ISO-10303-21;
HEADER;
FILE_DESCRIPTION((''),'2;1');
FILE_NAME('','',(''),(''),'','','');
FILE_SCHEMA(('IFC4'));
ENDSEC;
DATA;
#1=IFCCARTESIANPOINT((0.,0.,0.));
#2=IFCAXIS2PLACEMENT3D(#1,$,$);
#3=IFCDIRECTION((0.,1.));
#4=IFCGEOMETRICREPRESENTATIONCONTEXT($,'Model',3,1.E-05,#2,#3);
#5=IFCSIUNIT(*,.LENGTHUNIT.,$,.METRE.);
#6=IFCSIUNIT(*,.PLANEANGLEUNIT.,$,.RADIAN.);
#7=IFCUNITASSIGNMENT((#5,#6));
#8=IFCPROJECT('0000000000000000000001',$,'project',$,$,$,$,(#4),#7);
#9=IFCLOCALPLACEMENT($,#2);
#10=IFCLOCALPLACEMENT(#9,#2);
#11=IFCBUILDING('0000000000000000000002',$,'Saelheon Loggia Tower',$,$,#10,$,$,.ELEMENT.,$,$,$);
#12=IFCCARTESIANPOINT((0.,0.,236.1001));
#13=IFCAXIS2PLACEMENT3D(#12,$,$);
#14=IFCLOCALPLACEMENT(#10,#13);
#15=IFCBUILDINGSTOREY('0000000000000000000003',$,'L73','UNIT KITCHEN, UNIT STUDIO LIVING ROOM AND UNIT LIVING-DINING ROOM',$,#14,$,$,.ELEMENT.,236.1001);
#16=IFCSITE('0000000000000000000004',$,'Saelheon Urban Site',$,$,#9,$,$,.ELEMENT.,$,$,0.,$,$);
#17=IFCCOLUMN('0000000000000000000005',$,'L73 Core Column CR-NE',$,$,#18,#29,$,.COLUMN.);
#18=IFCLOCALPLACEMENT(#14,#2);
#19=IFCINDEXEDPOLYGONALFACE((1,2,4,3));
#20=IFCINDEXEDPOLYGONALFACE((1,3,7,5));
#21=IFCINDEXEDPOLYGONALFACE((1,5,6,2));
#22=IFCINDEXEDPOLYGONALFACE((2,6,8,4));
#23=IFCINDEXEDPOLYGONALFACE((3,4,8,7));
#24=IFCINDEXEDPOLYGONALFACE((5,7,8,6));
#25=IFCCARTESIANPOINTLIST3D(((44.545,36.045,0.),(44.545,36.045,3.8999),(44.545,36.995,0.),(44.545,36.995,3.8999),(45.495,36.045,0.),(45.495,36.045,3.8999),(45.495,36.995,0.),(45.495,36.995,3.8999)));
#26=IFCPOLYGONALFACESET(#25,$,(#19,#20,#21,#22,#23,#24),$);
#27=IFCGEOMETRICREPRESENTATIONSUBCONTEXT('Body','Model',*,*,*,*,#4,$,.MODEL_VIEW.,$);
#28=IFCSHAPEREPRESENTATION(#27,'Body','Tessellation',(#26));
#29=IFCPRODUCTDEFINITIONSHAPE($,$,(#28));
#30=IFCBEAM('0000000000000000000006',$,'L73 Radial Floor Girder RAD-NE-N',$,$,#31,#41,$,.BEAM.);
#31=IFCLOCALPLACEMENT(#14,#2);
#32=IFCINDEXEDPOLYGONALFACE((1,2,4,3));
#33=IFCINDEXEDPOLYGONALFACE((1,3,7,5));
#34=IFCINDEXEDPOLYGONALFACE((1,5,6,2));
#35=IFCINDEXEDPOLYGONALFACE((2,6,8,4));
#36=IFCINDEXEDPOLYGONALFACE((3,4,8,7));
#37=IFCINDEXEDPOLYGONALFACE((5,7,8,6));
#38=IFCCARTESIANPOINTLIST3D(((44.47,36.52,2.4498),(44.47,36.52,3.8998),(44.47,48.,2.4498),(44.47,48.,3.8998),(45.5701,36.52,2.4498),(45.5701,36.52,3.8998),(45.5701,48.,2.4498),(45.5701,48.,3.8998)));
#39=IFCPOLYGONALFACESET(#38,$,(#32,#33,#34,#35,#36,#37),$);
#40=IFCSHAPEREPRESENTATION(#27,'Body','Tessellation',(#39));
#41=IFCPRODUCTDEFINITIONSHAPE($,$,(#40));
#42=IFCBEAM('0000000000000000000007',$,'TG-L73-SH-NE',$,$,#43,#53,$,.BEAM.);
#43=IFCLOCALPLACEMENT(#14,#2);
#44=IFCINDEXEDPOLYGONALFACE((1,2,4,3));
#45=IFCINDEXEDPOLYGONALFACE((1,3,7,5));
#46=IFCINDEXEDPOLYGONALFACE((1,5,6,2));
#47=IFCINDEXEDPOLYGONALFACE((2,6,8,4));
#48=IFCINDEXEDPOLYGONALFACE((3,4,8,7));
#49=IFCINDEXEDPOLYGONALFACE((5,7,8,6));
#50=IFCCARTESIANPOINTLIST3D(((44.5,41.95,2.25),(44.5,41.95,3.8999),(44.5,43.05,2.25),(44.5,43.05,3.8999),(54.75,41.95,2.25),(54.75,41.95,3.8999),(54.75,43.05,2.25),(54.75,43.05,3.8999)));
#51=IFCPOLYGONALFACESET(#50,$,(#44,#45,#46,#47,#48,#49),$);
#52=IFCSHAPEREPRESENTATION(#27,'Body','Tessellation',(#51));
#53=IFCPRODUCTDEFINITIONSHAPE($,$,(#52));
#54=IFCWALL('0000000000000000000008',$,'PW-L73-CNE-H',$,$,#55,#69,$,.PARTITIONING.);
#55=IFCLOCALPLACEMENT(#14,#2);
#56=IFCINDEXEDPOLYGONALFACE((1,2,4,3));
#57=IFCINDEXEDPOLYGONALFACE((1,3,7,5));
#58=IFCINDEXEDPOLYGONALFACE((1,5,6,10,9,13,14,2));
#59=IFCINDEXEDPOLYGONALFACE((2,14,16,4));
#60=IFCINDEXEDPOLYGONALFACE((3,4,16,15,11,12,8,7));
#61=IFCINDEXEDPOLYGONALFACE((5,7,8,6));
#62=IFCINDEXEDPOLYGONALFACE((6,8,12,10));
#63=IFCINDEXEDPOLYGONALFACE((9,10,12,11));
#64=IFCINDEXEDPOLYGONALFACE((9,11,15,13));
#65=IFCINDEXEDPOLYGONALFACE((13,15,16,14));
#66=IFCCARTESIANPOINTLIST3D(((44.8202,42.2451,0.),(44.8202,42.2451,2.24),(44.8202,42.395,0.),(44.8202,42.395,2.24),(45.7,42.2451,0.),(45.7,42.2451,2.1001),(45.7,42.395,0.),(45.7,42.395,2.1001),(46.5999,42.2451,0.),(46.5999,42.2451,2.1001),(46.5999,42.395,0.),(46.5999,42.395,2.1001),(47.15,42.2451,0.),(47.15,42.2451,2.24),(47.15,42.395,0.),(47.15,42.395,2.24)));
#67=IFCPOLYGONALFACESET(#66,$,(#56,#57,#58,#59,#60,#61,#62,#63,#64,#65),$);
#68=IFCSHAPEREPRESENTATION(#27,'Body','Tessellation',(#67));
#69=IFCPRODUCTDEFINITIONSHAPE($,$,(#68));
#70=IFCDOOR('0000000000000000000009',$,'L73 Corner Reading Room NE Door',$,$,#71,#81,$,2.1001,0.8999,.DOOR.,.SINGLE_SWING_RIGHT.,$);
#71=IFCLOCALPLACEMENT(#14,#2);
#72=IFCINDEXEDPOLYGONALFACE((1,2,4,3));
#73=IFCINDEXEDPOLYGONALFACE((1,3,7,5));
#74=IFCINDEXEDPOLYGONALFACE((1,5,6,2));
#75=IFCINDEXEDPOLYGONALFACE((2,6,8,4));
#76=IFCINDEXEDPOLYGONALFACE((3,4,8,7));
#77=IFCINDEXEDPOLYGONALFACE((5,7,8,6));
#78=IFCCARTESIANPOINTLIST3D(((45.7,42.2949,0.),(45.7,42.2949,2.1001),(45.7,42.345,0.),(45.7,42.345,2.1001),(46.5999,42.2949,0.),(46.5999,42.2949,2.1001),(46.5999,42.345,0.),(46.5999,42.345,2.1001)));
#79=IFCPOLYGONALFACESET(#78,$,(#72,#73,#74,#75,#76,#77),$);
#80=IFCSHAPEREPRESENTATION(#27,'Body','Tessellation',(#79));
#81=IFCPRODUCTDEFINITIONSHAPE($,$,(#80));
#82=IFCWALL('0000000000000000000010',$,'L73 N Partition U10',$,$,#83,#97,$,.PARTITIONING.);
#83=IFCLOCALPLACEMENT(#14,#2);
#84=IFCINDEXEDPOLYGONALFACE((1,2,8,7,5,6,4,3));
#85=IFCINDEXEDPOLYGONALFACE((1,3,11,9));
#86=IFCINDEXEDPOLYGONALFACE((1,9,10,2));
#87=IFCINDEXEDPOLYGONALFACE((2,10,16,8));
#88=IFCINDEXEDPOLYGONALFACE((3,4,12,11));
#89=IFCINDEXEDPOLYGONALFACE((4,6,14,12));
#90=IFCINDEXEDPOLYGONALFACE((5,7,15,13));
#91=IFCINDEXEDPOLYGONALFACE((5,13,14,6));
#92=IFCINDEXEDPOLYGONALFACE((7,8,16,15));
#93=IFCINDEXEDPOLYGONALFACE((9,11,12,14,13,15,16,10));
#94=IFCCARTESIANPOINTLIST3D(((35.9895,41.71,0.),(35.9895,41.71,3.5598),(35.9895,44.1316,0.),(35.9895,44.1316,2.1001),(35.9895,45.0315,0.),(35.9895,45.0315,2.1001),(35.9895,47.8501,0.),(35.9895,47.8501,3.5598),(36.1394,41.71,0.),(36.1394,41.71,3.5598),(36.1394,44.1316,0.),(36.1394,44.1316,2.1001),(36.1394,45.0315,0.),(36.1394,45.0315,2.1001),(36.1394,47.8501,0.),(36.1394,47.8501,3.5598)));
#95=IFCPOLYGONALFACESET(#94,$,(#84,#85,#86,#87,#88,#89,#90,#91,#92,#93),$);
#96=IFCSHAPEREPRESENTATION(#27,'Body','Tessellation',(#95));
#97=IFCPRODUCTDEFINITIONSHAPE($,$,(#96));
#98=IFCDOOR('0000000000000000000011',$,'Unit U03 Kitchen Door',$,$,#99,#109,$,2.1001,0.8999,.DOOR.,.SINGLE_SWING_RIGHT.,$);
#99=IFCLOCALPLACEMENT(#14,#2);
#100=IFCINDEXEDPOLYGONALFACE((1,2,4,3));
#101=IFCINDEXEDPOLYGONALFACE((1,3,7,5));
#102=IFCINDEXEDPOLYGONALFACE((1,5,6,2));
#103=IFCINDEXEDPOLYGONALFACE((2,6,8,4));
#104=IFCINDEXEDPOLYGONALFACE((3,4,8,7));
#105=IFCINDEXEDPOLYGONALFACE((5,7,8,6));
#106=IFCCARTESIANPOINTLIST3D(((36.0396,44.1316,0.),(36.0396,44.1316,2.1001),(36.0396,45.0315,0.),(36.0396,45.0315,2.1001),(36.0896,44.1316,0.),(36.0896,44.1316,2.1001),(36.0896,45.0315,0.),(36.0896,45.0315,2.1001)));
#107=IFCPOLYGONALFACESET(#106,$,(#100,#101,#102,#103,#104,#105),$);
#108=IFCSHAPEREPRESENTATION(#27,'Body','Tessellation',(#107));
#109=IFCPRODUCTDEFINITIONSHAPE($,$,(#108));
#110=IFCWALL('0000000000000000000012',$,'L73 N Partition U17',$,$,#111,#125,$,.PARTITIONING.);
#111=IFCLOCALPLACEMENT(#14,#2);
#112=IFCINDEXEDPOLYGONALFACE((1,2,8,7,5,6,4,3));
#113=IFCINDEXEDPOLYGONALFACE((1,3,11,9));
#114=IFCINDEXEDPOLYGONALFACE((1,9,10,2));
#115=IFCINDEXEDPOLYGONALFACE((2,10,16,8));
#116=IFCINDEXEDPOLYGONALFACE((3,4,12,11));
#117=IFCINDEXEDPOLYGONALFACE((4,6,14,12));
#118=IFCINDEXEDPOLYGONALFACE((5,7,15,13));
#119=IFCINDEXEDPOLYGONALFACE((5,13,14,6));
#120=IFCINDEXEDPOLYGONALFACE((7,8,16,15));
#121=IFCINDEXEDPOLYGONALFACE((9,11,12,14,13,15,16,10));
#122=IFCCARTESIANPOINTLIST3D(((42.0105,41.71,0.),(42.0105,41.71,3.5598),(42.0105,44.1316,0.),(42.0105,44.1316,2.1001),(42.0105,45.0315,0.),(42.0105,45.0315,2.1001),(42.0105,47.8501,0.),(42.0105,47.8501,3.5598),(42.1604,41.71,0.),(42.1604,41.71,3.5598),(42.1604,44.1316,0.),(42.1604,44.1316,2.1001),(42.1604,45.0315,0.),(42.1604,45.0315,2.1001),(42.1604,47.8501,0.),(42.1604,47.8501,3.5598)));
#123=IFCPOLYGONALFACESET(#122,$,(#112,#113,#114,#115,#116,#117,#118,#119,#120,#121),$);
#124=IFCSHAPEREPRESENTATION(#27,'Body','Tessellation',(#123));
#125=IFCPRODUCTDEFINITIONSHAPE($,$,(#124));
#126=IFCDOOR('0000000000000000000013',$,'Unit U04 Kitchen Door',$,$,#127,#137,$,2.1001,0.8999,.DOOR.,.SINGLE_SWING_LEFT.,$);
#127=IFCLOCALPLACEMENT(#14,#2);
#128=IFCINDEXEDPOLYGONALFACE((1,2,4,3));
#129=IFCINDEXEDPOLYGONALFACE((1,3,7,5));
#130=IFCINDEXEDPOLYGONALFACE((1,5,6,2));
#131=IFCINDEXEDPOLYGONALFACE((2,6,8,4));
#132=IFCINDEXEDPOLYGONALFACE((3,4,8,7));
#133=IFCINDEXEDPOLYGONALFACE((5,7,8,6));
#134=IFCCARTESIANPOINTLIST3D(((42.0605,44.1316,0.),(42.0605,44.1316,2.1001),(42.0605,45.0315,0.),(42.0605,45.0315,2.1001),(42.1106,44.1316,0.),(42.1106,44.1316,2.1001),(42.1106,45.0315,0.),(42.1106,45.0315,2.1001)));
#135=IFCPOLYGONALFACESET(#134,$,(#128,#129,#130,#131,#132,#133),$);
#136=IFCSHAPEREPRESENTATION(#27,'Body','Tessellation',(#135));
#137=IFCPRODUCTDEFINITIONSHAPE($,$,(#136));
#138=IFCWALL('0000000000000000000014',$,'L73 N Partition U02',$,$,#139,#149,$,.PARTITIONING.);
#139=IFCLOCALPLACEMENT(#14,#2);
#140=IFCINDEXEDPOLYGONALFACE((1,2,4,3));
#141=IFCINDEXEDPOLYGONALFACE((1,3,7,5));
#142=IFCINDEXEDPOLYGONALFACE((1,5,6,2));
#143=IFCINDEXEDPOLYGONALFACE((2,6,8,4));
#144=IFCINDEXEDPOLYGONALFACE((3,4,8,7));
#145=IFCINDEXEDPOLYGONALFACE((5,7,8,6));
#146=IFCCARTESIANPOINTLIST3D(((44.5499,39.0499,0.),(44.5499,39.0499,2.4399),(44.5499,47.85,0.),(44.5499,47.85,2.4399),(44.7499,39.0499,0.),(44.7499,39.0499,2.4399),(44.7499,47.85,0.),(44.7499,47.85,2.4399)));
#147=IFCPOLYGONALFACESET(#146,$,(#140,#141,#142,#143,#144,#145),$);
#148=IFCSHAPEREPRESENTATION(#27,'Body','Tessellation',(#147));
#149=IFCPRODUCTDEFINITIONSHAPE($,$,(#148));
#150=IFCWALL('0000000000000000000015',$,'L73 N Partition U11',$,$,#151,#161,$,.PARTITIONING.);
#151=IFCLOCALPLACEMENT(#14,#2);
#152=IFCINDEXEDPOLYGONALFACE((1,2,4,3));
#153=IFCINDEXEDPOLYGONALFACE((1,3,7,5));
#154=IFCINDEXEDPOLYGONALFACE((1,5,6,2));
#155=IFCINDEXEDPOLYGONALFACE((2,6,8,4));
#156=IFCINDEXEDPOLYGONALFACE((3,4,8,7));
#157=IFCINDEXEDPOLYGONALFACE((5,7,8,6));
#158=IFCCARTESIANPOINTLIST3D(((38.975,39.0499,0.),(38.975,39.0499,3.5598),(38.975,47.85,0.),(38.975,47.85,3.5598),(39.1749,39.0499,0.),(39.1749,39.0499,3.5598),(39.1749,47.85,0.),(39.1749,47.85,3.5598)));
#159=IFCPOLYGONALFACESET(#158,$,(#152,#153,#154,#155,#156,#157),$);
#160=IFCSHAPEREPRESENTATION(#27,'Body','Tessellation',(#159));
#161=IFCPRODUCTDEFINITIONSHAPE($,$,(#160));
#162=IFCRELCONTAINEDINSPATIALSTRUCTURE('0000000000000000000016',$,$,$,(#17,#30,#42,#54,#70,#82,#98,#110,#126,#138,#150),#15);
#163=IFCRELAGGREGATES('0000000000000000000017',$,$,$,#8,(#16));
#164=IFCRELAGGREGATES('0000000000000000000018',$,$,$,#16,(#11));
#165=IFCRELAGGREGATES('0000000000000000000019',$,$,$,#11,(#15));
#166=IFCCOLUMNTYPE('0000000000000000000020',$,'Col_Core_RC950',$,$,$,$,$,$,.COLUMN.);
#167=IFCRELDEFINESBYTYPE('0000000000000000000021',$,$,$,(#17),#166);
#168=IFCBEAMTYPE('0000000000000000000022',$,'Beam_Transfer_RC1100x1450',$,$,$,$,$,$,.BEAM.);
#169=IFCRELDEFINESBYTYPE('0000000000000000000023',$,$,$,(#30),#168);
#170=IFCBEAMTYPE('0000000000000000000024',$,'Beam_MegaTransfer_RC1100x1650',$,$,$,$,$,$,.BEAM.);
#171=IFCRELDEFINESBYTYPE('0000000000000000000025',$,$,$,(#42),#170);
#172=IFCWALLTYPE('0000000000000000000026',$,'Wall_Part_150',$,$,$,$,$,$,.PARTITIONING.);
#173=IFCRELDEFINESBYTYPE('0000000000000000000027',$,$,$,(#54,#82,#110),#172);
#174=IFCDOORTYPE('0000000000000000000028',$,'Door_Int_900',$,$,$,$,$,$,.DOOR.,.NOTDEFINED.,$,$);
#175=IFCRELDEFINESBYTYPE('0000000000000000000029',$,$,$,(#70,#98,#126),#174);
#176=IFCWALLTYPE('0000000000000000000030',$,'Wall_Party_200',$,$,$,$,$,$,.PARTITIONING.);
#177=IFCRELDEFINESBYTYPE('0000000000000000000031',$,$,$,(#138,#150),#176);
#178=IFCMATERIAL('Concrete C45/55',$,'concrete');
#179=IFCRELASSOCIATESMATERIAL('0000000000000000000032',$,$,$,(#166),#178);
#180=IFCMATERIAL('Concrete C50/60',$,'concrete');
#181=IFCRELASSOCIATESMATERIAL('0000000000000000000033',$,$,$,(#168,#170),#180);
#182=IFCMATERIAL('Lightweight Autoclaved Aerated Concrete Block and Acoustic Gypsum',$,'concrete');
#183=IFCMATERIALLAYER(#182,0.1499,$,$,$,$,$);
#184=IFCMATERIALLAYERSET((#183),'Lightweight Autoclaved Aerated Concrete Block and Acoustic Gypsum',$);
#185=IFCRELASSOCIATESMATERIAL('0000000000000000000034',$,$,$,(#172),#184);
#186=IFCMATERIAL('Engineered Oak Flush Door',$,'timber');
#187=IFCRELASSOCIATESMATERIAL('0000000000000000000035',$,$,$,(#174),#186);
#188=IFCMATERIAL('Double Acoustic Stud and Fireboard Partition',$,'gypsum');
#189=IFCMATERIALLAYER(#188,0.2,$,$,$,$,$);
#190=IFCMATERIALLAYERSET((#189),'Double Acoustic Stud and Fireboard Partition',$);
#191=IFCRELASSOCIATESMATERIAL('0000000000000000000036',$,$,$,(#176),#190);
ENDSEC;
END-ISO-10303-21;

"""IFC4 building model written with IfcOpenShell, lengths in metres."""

from ifc_helpers import new_model, si_unit, direction, frame, frame_2d, origin, origin_2d, place, context, subcontext, project, spatial, rectangle, extrude, source, transform, mapped, material, layer, layer_set, material_profile, profile_set, type_object, element, fill, save


model = new_model("IFC4")

# Units and contexts
model_context = context("Model", 3, precision=1e-05, world=origin(), true_north=direction((0.0, 1.0)))
body_context = subcontext(model_context, "Body", "Model", "MODEL_VIEW")
ifc_project = project(units=[si_unit("LENGTHUNIT", "METRE"), si_unit("PLANEANGLEUNIT", "RADIAN")], contexts=[model_context])

# Site, building, storey
site_placement = place(None, origin())
site = spatial("IfcSite", under=ifc_project, at=site_placement, Name="Saelheon Urban Site", CompositionType="ELEMENT", RefElevation=0.0)
building_placement = place(site_placement, origin())
building = spatial("IfcBuilding", under=site, at=building_placement, Name="Saelheon Loggia Tower", CompositionType="ELEMENT")
storey_placement = place(building_placement, frame((0.0, 0.0, 236.1001)))
storey = spatial("IfcBuildingStorey", under=building, at=storey_placement, Name="L73", Description="UNIT KITCHEN, UNIT STUDIO LIVING ROOM AND UNIT LIVING-DINING ROOM", CompositionType="ELEMENT", Elevation=236.1001)

# Column
ifc_material_1 = material(Name="Concrete C45/55", Category="concrete")
ifc_material_profile_1 = material_profile(ifc_material_1, rectangle(XDim=0.95, YDim=0.95, at=origin_2d()), Name="RC-950x950")
ifc_profile_set_1 = profile_set([ifc_material_profile_1], Name="Concrete C45/55")
column_type = type_object("IfcColumnType", Name="Col_Core_RC950", PredefinedType="COLUMN", material=ifc_profile_set_1)
shared_shape_1 = source(origin(), body_context, "Body", "SweptSolid", [
    extrude(rectangle(XDim=0.95, YDim=0.95, at=origin_2d()), origin(), (0.0, 0.0, 1.0), 3.8999),
])
column_placement = place(storey_placement, frame((45.02, 36.52, 0.0), z_axis=(0.0, 0.0, 1.0), x_axis=(1.0, 0.0, 0.0)))
element("IfcColumn", 1, at=column_placement, inside=storey, type_object=column_type, Name="L73 Core Column CR-NE", PredefinedType="COLUMN", context=body_context, shape_type="MappedRepresentation", body=[
    mapped(shared_shape_1, transform((0.0, 0.0, 0.0), scale=1.0)),
])

# Beams
ifc_material_2 = material(Name="Concrete C50/60", Category="concrete")
ifc_material_profile_2 = material_profile(ifc_material_2, rectangle(XDim=1.1001, YDim=1.45, at=origin_2d()), Name="RC-1100x1450")
ifc_profile_set_2 = profile_set([ifc_material_profile_2], Name="Concrete C50/60")
beam_type_1 = type_object("IfcBeamType", Name="Beam_Transfer_RC1100x1450", PredefinedType="BEAM", material=ifc_profile_set_2)
shared_shape_2 = source(origin(), body_context, "Body", "SweptSolid", [
    extrude(rectangle(XDim=1.1001, YDim=1.45, at=origin_2d()), origin(), (0.0, 0.0, 1.0), 11.48),
])
beam_1_placement = place(storey_placement, frame((45.02, 36.52, 3.1748), z_axis=(0.0, 1.0, 0.0), x_axis=(-1.0, 0.0, 0.0)))
element("IfcBeam", 2, at=beam_1_placement, inside=storey, type_object=beam_type_1, Name="L73 Radial Floor Girder RAD-NE-N", PredefinedType="BEAM", context=body_context, shape_type="MappedRepresentation", body=[
    mapped(shared_shape_2, transform((0.0, 0.0, 0.0), scale=1.0)),
])
ifc_material_profile_3 = material_profile(ifc_material_2, rectangle(XDim=1.1001, YDim=1.6499, at=origin_2d()), Name="RC-1100x1650")
ifc_profile_set_3 = profile_set([ifc_material_profile_3], Name="Concrete C50/60")
beam_type_2 = type_object("IfcBeamType", Name="Beam_MegaTransfer_RC1100x1650", PredefinedType="BEAM", material=ifc_profile_set_3)
shared_shape_3 = source(origin(), body_context, "Body", "SweptSolid", [
    extrude(rectangle(XDim=1.1001, YDim=1.6499, at=origin_2d()), origin(), (0.0, 0.0, 1.0), 10.25),
])
beam_2_placement = place(storey_placement, frame((44.5, 42.5, 3.075), z_axis=(1.0, 0.0, 0.0), x_axis=(0.0, 1.0, 0.0)))
element("IfcBeam", 3, at=beam_2_placement, inside=storey, type_object=beam_type_2, Name="TG-L73-SH-NE", PredefinedType="BEAM", context=body_context, shape_type="MappedRepresentation", body=[
    mapped(shared_shape_3, transform((0.0, 0.0, 0.0), scale=1.0)),
])

# Walls, openings, doors
ifc_material_3 = material(Name="Lightweight Autoclaved Aerated Concrete Block and Acoustic Gypsum", Category="concrete")
ifc_layer_1 = layer(ifc_material_3, 0.1499)
ifc_layer_set_1 = layer_set([ifc_layer_1], Name="Lightweight Autoclaved Aerated Concrete Block and Acoustic Gypsum")
wall_type_1 = type_object("IfcWallType", Name="Wall_Part_150", PredefinedType="PARTITIONING", material=ifc_layer_set_1)
wall_1_placement = place(storey_placement, frame((44.8201, 42.3201, 0.0), z_axis=(0.0, 0.0, 1.0), x_axis=(1.0, 0.0, 0.0)))
wall_1 = element("IfcWall", 4, at=wall_1_placement, inside=storey, type_object=wall_type_1, Name="PW-L73-CNE-H", PredefinedType="PARTITIONING", context=body_context, shape_type="SweptSolid", body=[
    extrude(rectangle(XDim=2.3298, YDim=0.1499, at=frame_2d((1.165, 0.0))), origin(), (0.0, 0.0, 1.0), 2.24),
])
opening_1_placement = place(wall_1_placement, frame((0.8799, 0.0, 0.0)))
opening_1 = element("IfcOpeningElement", 5, at=opening_1_placement, cuts=wall_1, PredefinedType="OPENING", context=body_context, shape_type="SweptSolid", body=[
    extrude(rectangle(XDim=0.8999, YDim=2.1001, at=frame_2d((0.45, 1.05))), frame((0.0, 0.0869, 0.0), z_axis=(0.0, -1.0, 0.0), x_axis=(1.0, 0.0, 0.0)), (0.0, 0.0, 1.0), 0.1738),
])
ifc_material_4 = material(Name="Engineered Oak Flush Door", Category="timber")
door_type_1 = type_object("IfcDoorType", Name="Door_Int_900", OperationType="NOTDEFINED", PredefinedType="DOOR", material=ifc_material_4)
shared_shape_4 = source(origin(), body_context, "Body", "SweptSolid", [
    extrude(rectangle(XDim=0.8999, YDim=2.1001, at=frame_2d((0.45, 1.05))), frame((0.0, 0.0249, 0.0), z_axis=(0.0, -1.0, 0.0), x_axis=(1.0, 0.0, 0.0)), (0.0, 0.0, 1.0), 0.05),
])
door_1_placement = place(opening_1_placement, origin())
door_1 = element("IfcDoor", 6, at=door_1_placement, inside=storey, type_object=door_type_1, Name="L73 Corner Reading Room NE Door", OperationType="SINGLE_SWING_RIGHT", OverallHeight=2.1001, OverallWidth=0.8999, PredefinedType="DOOR", context=body_context, shape_type="MappedRepresentation", body=[
    mapped(shared_shape_4, transform((0.0, 0.0, 0.0), scale=1.0)),
])
fill(opening_1, door_1)
wall_2_placement = place(storey_placement, frame((36.0645, 41.71, 0.0), z_axis=(0.0, 0.0, 1.0), x_axis=(0.0, 1.0, 0.0)))
wall_2 = element("IfcWall", 7, at=wall_2_placement, inside=storey, type_object=wall_type_1, Name="L73 N Partition U10", PredefinedType="PARTITIONING", context=body_context, shape_type="SweptSolid", body=[
    extrude(rectangle(XDim=6.1401, YDim=0.1499, at=frame_2d((3.0701, 0.0))), origin(), (0.0, 0.0, 1.0), 3.5598),
])
opening_2_placement = place(wall_2_placement, frame((2.4216, 0.0, 0.0)))
opening_2 = element("IfcOpeningElement", 8, at=opening_2_placement, cuts=wall_2, PredefinedType="OPENING", context=body_context, shape_type="SweptSolid", body=[
    extrude(rectangle(XDim=0.8999, YDim=2.1001, at=frame_2d((0.45, 1.05))), frame((0.0, 0.0869, 0.0), z_axis=(0.0, -1.0, 0.0), x_axis=(1.0, 0.0, 0.0)), (0.0, 0.0, 1.0), 0.1738),
])
door_2_placement = place(opening_2_placement, origin())
door_2 = element("IfcDoor", 9, at=door_2_placement, inside=storey, type_object=door_type_1, Name="Unit U03 Kitchen Door", OperationType="SINGLE_SWING_RIGHT", OverallHeight=2.1001, OverallWidth=0.8999, PredefinedType="DOOR", context=body_context, shape_type="MappedRepresentation", body=[
    mapped(shared_shape_4, transform((0.0, 0.0, 0.0), scale=1.0)),
])
fill(opening_2, door_2)
wall_3_placement = place(storey_placement, frame((42.0854, 41.71, 0.0), z_axis=(0.0, 0.0, 1.0), x_axis=(0.0, 1.0, 0.0)))
wall_3 = element("IfcWall", 10, at=wall_3_placement, inside=storey, type_object=wall_type_1, Name="L73 N Partition U17", PredefinedType="PARTITIONING", context=body_context, shape_type="SweptSolid", body=[
    extrude(rectangle(XDim=6.1401, YDim=0.1499, at=frame_2d((3.0701, 0.0))), origin(), (0.0, 0.0, 1.0), 3.5598),
])
opening_3_placement = place(wall_3_placement, frame((2.4216, 0.0, 0.0)))
opening_3 = element("IfcOpeningElement", 11, at=opening_3_placement, cuts=wall_3, PredefinedType="OPENING", context=body_context, shape_type="SweptSolid", body=[
    extrude(rectangle(XDim=0.8999, YDim=2.1001, at=frame_2d((0.45, 1.05))), frame((0.0, 0.0869, 0.0), z_axis=(0.0, -1.0, 0.0), x_axis=(1.0, 0.0, 0.0)), (0.0, 0.0, 1.0), 0.1738),
])
door_3_placement = place(opening_3_placement, origin())
door_3 = element("IfcDoor", 12, at=door_3_placement, inside=storey, type_object=door_type_1, Name="Unit U04 Kitchen Door", OperationType="SINGLE_SWING_LEFT", OverallHeight=2.1001, OverallWidth=0.8999, PredefinedType="DOOR", context=body_context, shape_type="MappedRepresentation", body=[
    mapped(shared_shape_4, transform((0.0, 0.0, 0.0), scale=1.0)),
])
fill(opening_3, door_3)

# Wall
ifc_material_5 = material(Name="Double Acoustic Stud and Fireboard Partition", Category="gypsum")
ifc_layer_2 = layer(ifc_material_5, 0.2)
ifc_layer_set_2 = layer_set([ifc_layer_2], Name="Double Acoustic Stud and Fireboard Partition")
wall_type_2 = type_object("IfcWallType", Name="Wall_Party_200", PredefinedType="PARTITIONING", material=ifc_layer_set_2)
wall_4_placement = place(storey_placement, frame((44.6499, 39.05, 0.0), z_axis=(0.0, 0.0, 1.0), x_axis=(0.0, 1.0, 0.0)))
element("IfcWall", 13, at=wall_4_placement, inside=storey, type_object=wall_type_2, Name="L73 N Partition U02", PredefinedType="PARTITIONING", context=body_context, shape_type="SweptSolid", body=[
    extrude(rectangle(XDim=8.8, YDim=0.2, at=frame_2d((4.3999, 0.0))), origin(), (0.0, 0.0, 1.0), 2.4399),
])

# Wall
wall_5_placement = place(storey_placement, frame((39.075, 39.05, 0.0), z_axis=(0.0, 0.0, 1.0), x_axis=(0.0, 1.0, 0.0)))
element("IfcWall", 14, at=wall_5_placement, inside=storey, type_object=wall_type_2, Name="L73 N Partition U11", PredefinedType="PARTITIONING", context=body_context, shape_type="SweptSolid", body=[
    extrude(rectangle(XDim=8.8, YDim=0.2, at=frame_2d((4.3999, 0.0))), origin(), (0.0, 0.0, 1.0), 3.5598),
])

save(model, "model.ifc")
